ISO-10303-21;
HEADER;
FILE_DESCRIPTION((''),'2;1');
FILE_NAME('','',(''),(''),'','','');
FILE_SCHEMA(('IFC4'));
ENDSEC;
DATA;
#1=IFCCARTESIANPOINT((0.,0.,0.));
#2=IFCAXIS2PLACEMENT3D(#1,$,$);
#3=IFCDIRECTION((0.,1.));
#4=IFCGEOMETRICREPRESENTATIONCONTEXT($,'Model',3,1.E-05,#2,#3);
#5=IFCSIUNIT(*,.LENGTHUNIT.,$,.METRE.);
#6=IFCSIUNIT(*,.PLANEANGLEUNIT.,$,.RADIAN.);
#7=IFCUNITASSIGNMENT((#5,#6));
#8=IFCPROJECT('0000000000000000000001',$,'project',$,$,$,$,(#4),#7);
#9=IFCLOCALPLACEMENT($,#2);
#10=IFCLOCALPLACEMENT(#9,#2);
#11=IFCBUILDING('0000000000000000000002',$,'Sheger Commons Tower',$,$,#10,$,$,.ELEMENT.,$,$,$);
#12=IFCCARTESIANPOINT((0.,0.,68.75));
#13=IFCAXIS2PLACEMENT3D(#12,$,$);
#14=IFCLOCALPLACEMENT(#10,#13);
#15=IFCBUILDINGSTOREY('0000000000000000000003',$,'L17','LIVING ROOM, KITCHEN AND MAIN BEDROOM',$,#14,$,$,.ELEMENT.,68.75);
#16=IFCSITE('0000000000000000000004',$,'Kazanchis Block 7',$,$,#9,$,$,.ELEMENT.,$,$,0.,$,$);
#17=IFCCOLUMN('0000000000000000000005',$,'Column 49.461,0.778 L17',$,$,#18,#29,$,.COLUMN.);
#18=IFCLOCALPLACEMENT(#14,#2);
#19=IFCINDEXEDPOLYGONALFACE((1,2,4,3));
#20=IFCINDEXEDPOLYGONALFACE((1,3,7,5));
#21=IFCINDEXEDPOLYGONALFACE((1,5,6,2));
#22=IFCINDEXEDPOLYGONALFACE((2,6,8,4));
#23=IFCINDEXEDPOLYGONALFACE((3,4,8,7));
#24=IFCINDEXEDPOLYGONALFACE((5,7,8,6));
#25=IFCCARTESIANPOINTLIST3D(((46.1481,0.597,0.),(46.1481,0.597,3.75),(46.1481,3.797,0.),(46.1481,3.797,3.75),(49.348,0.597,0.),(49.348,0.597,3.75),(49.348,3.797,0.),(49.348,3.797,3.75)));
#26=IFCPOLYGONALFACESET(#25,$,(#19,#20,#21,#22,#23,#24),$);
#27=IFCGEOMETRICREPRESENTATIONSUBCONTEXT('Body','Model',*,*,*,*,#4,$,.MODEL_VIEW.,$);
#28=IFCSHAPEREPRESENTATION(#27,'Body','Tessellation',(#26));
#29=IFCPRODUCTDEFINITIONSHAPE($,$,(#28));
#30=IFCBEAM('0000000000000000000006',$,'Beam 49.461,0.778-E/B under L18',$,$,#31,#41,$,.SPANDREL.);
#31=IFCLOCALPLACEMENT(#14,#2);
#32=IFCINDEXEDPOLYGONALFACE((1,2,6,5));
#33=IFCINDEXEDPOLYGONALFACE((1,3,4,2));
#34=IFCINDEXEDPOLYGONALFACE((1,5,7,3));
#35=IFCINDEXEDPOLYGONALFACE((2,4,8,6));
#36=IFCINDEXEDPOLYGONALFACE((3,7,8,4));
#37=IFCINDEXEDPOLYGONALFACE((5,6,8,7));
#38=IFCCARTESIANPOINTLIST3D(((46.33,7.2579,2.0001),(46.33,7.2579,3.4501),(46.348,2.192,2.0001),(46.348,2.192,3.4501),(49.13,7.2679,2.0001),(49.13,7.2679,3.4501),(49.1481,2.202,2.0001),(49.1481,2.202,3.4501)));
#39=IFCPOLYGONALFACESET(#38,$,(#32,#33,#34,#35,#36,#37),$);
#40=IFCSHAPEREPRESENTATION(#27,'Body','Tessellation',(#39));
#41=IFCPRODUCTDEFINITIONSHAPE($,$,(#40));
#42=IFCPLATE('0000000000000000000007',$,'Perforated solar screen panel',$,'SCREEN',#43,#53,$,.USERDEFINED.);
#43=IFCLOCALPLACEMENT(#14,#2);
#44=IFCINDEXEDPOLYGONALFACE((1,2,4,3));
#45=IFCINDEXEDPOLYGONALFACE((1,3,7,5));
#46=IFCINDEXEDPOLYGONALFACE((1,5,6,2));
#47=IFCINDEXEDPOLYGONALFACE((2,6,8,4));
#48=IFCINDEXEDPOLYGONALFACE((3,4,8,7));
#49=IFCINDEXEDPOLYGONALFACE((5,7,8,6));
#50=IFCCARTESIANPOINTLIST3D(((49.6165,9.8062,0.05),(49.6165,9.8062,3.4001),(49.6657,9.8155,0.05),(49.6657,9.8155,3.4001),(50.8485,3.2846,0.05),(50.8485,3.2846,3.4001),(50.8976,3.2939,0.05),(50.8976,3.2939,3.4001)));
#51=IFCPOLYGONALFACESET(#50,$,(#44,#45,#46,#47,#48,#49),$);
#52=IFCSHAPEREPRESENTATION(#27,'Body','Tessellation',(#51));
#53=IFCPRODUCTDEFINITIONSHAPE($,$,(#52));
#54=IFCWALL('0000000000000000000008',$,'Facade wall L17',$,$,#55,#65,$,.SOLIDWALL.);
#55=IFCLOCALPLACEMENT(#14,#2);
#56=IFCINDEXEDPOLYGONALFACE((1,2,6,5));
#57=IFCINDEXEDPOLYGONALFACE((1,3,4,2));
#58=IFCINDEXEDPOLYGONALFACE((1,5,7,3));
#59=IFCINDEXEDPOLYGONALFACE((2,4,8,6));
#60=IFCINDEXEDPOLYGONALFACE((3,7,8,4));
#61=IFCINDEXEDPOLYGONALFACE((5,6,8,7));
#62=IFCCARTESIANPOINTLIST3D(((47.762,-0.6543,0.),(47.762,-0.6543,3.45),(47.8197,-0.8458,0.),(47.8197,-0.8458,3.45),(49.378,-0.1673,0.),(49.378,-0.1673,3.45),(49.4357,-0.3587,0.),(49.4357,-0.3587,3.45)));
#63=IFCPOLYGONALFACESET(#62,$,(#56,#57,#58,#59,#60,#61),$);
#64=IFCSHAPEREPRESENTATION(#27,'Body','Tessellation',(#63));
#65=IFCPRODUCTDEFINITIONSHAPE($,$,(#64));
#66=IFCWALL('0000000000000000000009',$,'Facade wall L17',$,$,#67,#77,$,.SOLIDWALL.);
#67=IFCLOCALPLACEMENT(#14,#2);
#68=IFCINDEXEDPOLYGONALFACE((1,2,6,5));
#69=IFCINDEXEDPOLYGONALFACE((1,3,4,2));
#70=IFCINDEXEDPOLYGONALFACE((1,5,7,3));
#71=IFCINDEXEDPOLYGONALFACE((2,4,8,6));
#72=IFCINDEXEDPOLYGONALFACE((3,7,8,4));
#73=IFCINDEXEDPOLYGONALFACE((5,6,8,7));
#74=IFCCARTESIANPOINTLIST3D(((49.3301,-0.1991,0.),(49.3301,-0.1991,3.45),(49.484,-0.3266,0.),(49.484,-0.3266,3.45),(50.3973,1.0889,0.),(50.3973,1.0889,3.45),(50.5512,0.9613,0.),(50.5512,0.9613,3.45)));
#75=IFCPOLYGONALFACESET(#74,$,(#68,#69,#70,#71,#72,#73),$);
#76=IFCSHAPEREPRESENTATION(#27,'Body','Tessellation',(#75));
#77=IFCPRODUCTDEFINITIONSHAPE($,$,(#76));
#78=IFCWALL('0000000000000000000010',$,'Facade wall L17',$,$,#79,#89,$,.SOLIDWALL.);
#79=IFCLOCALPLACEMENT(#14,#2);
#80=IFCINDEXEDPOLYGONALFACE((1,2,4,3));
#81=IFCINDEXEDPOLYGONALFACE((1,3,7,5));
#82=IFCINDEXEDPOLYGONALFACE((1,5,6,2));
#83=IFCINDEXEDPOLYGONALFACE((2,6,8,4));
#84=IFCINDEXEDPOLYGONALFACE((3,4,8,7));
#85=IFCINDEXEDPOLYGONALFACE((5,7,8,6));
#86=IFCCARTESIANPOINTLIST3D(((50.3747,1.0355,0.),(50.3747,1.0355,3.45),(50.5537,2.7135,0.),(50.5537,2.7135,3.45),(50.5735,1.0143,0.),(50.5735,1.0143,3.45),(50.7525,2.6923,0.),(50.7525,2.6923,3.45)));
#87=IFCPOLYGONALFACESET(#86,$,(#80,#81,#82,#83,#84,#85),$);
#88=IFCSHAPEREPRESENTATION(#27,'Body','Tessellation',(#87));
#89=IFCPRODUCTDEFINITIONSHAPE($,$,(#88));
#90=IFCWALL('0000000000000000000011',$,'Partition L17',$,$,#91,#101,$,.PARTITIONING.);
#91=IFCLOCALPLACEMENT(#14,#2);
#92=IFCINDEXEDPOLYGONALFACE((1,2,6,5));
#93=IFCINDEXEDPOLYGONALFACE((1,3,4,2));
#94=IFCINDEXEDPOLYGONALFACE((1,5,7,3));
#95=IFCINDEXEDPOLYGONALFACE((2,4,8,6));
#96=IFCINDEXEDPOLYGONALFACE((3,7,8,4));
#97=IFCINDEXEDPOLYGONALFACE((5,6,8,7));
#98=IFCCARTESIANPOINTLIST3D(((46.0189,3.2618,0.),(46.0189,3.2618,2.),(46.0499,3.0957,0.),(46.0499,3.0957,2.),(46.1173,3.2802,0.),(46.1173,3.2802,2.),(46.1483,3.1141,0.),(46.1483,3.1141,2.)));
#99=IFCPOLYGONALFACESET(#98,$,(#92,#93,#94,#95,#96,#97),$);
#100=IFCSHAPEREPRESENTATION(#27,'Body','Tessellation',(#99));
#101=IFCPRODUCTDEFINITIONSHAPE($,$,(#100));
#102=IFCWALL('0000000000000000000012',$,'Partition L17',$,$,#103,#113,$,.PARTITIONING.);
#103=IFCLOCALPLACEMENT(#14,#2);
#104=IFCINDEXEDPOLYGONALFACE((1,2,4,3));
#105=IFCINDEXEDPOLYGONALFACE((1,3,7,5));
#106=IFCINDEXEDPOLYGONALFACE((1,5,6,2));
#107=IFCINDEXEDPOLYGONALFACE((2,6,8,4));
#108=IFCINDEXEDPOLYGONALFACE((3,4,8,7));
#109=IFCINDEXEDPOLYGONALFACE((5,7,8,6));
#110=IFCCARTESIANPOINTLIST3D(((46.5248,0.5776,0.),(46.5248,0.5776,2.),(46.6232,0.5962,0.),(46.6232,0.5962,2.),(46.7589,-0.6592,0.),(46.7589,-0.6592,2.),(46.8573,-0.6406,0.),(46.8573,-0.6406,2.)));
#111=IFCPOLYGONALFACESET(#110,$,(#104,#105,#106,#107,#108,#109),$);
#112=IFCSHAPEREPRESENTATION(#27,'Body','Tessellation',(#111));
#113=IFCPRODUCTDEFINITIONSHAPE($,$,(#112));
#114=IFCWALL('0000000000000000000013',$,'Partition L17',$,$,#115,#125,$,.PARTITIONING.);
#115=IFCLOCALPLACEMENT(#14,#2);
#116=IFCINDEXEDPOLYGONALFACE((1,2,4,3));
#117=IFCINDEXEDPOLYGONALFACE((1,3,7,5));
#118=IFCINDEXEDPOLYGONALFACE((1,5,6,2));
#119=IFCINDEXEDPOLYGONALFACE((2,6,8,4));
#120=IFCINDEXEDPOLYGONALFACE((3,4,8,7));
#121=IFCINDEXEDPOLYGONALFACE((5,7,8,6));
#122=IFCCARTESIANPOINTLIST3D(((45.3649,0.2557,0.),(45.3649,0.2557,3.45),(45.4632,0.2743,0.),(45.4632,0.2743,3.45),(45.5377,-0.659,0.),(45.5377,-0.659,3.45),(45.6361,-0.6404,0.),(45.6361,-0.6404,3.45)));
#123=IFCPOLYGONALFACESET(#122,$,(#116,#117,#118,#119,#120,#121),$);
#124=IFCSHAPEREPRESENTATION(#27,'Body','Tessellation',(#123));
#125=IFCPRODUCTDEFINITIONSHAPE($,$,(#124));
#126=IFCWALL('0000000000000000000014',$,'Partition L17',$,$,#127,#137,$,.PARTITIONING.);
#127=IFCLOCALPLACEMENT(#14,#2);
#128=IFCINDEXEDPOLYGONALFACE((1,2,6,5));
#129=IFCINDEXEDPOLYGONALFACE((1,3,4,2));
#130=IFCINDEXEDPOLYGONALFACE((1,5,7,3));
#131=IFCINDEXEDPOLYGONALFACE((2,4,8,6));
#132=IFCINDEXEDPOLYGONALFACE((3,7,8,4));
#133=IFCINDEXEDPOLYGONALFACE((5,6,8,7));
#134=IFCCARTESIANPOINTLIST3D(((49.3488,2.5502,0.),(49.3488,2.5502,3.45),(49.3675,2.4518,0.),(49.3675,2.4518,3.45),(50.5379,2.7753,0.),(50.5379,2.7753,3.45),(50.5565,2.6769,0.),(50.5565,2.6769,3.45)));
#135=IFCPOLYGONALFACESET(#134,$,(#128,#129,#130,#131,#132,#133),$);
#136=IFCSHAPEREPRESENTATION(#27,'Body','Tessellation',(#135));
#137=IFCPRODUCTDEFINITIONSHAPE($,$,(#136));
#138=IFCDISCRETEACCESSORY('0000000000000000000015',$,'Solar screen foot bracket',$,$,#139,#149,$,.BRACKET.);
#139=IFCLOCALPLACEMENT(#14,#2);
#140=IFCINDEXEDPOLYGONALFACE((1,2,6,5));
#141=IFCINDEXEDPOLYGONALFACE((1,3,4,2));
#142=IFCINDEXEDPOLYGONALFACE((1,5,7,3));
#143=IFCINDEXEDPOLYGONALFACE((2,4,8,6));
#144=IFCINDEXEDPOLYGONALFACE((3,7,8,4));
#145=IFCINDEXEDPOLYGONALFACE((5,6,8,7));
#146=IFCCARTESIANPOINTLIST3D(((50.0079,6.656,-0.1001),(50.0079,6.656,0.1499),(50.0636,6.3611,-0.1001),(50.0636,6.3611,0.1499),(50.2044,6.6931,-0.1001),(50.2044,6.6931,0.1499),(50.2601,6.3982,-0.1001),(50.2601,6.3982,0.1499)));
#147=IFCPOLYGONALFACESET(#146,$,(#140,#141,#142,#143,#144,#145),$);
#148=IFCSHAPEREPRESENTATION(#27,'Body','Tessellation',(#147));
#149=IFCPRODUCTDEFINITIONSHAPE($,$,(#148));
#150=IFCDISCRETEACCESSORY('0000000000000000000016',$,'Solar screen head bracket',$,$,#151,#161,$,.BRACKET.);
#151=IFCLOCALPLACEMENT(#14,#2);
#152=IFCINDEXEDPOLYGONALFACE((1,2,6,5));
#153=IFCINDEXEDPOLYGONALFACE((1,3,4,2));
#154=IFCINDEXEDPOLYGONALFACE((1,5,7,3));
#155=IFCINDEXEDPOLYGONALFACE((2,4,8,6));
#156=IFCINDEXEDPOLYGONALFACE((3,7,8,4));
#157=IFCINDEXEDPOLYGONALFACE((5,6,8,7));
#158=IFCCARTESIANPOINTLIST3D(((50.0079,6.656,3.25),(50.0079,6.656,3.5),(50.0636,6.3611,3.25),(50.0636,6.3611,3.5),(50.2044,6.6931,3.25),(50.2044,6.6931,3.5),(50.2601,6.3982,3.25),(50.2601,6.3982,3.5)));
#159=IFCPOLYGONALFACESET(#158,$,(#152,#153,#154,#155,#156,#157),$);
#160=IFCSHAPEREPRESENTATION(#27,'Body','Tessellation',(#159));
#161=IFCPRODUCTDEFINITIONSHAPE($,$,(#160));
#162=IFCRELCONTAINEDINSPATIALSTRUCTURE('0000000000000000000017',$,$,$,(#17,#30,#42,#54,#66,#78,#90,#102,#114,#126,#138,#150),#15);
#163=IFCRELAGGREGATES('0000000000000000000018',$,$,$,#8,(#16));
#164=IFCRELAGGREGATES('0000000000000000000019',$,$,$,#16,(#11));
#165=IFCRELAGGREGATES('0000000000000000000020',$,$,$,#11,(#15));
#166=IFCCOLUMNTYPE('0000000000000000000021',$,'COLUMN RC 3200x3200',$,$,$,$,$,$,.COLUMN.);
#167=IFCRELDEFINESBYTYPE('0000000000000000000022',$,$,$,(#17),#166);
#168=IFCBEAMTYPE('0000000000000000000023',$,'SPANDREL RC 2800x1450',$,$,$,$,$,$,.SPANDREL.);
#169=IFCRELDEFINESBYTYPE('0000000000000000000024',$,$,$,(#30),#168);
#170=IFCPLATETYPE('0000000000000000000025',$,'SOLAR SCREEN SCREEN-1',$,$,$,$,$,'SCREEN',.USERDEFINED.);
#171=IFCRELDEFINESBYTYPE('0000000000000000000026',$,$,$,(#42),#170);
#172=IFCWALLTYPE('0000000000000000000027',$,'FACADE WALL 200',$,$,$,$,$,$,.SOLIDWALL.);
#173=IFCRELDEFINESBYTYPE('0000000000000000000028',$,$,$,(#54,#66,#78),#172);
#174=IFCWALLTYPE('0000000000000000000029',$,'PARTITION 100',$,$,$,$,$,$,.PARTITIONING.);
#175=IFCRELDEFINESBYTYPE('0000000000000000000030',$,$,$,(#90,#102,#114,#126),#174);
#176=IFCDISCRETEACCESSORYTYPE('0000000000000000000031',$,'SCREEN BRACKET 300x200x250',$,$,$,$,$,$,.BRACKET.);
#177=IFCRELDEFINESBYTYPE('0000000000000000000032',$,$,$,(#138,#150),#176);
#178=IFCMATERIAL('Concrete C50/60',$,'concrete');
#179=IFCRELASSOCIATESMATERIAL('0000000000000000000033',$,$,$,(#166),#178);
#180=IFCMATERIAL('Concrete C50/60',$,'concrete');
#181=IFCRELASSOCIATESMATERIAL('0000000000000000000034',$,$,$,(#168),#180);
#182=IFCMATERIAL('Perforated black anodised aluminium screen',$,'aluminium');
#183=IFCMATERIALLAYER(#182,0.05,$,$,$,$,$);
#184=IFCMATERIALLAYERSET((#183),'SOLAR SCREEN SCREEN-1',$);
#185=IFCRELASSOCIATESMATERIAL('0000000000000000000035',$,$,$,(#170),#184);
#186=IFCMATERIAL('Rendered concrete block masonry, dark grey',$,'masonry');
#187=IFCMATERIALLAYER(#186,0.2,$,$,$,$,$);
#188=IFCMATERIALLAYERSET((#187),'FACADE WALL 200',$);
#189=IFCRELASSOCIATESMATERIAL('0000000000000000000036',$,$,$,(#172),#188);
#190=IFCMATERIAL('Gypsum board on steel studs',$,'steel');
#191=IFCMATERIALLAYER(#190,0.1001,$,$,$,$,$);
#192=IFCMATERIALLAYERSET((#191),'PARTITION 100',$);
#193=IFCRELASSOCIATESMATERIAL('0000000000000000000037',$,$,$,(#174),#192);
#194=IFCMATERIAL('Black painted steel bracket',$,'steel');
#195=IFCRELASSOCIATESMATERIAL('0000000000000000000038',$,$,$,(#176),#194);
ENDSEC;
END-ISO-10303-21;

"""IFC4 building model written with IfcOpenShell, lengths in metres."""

from ifc_helpers import new_model, si_unit, direction, frame, frame_2d, origin, origin_2d, place, context, subcontext, project, spatial, rectangle, extrude, material, layer, layer_set, material_profile, profile_set, type_object, element, save


model = new_model("IFC4")

# Units and contexts
model_context = context("Model", 3, precision=1e-05, world=origin(), true_north=direction((0.0, 1.0)))
body_context = subcontext(model_context, "Body", "Model", "MODEL_VIEW")
ifc_project = project(units=[si_unit("LENGTHUNIT", "METRE"), si_unit("PLANEANGLEUNIT", "RADIAN")], contexts=[model_context])

# Site, building, storey
site_placement = place(None, origin())
site = spatial("IfcSite", under=ifc_project, at=site_placement, Name="Kazanchis Block 7", CompositionType="ELEMENT", RefElevation=0.0)
building_placement = place(site_placement, origin())
building = spatial("IfcBuilding", under=site, at=building_placement, Name="Sheger Commons Tower", CompositionType="ELEMENT")
storey_placement = place(building_placement, frame((0.0, 0.0, 68.75)))
storey = spatial("IfcBuildingStorey", under=building, at=storey_placement, Name="L17", Description="LIVING ROOM, KITCHEN AND MAIN BEDROOM", CompositionType="ELEMENT", Elevation=68.75)

# Column
ifc_material_1 = material(Name="Concrete C50/60", Category="concrete")
ifc_material_profile_1 = material_profile(ifc_material_1, rectangle(XDim=3.2, YDim=3.2, at=origin_2d()), Name="RC 3200x3200")
ifc_profile_set_1 = profile_set([ifc_material_profile_1], Name="Concrete C50/60")
column_type = type_object("IfcColumnType", Name="COLUMN RC 3200x3200", PredefinedType="COLUMN", material=ifc_profile_set_1)
column_placement = place(storey_placement, frame((47.748, 2.197, 0.0), z_axis=(0.0, 0.0, 1.0), x_axis=(1.0, 0.0, 0.0)))
element("IfcColumn", 1, at=column_placement, inside=storey, type_object=column_type, Name="Column 49.461,0.778 L17", PredefinedType="COLUMN", context=body_context, shape_type="SweptSolid", body=[
    extrude(rectangle(XDim=3.2, YDim=3.2, at=origin_2d()), origin(), (0.0, 0.0, 1.0), 3.75),
])

# Beam
ifc_material_2 = material(Name="Concrete C50/60", Category="concrete")
ifc_material_profile_2 = material_profile(ifc_material_2, rectangle(XDim=2.8, YDim=1.45, at=origin_2d()), Name="RC 2800x1450")
ifc_profile_set_2 = profile_set([ifc_material_profile_2], Name="Concrete C50/60")
beam_type = type_object("IfcBeamType", Name="SPANDREL RC 2800x1450", PredefinedType="SPANDREL", material=ifc_profile_set_2)
beam_placement = place(storey_placement, frame((47.748, 2.197, 2.7251), z_axis=(-0.003566, 0.999994, 0.0), x_axis=(-0.999994, -0.003566, 0.0)))
element("IfcBeam", 2, at=beam_placement, inside=storey, type_object=beam_type, Name="Beam 49.461,0.778-E/B under L18", PredefinedType="SPANDREL", context=body_context, shape_type="SweptSolid", body=[
    extrude(rectangle(XDim=2.8, YDim=1.45, at=origin_2d()), origin(), (0.0, 0.0, 1.0), 5.0659),
])

# Plate
ifc_material_3 = material(Name="Perforated black anodised aluminium screen", Category="aluminium")
ifc_layer_1 = layer(ifc_material_3, 0.05)
ifc_layer_set_1 = layer_set([ifc_layer_1], Name="SOLAR SCREEN SCREEN-1")
plate_type = type_object("IfcPlateType", Name="SOLAR SCREEN SCREEN-1", ElementType="SCREEN", PredefinedType="USERDEFINED", material=ifc_layer_set_1)
plate_placement = place(storey_placement, frame((50.2571, 6.55, 0.05), z_axis=(0.0, 0.0, 1.0), x_axis=(-0.185615, 0.982623, 0.0)))
element("IfcPlate", 3, at=plate_placement, inside=storey, type_object=plate_type, Name="Perforated solar screen panel", ObjectType="SCREEN", PredefinedType="USERDEFINED", context=body_context, shape_type="SweptSolid", body=[
    extrude(rectangle(XDim=6.637, YDim=0.05, at=origin_2d()), origin(), (0.0, 0.0, 1.0), 3.3501),
])

# Walls
ifc_material_4 = material(Name="Rendered concrete block masonry, dark grey", Category="masonry")
ifc_layer_2 = layer(ifc_material_4, 0.2)
ifc_layer_set_2 = layer_set([ifc_layer_2], Name="FACADE WALL 200")
wall_type_1 = type_object("IfcWallType", Name="FACADE WALL 200", PredefinedType="SOLIDWALL", material=ifc_layer_set_2)
wall_1_placement = place(storey_placement, frame((47.791, -0.75, 0.0), z_axis=(0.0, 0.0, 1.0), x_axis=(0.957455, 0.288582, 0.0)))
element("IfcWall", 4, at=wall_1_placement, inside=storey, type_object=wall_type_1, Name="Facade wall L17", PredefinedType="SOLIDWALL", context=body_context, shape_type="SweptSolid", body=[
    extrude(rectangle(XDim=1.6877, YDim=0.2, at=frame_2d((0.8438, 0.0))), origin(), (0.0, 0.0, 1.0), 3.45),
])
wall_2_placement = place(storey_placement, frame((49.407, -0.2629, 0.0), z_axis=(0.0, 0.0, 1.0), x_axis=(0.638043, 0.770001, 0.0)))
element("IfcWall", 5, at=wall_2_placement, inside=storey, type_object=wall_type_1, Name="Facade wall L17", PredefinedType="SOLIDWALL", context=body_context, shape_type="SweptSolid", body=[
    extrude(rectangle(XDim=1.6726, YDim=0.2, at=frame_2d((0.8364, 0.0))), origin(), (0.0, 0.0, 1.0), 3.45),
])
wall_3_placement = place(storey_placement, frame((50.4741, 1.0249, 0.0), z_axis=(0.0, 0.0, 1.0), x_axis=(0.106048, 0.994361, 0.0)))
element("IfcWall", 6, at=wall_3_placement, inside=storey, type_object=wall_type_1, Name="Facade wall L17", PredefinedType="SOLIDWALL", context=body_context, shape_type="SweptSolid", body=[
    extrude(rectangle(XDim=1.6875, YDim=0.2, at=frame_2d((0.8438, 0.0))), origin(), (0.0, 0.0, 1.0), 3.45),
])

# Walls
ifc_material_5 = material(Name="Gypsum board on steel studs", Category="steel")
ifc_layer_3 = layer(ifc_material_5, 0.1001)
ifc_layer_set_3 = layer_set([ifc_layer_3], Name="PARTITION 100")
wall_type_2 = type_object("IfcWallType", Name="PARTITION 100", PredefinedType="PARTITIONING", material=ifc_layer_set_3)
wall_4_placement = place(storey_placement, frame((46.0681, 3.271, 0.0), z_axis=(0.0, 0.0, 1.0), x_axis=(0.18359, -0.983003, 0.0)))
element("IfcWall", 7, at=wall_4_placement, inside=storey, type_object=wall_type_2, Name="Partition L17", PredefinedType="PARTITIONING", context=body_context, shape_type="SweptSolid", body=[
    extrude(rectangle(XDim=0.1689, YDim=0.1001, at=frame_2d((0.0845, 0.0))), origin(), (0.0, 0.0, 1.0), 2.0),
])
wall_5_placement = place(storey_placement, frame((46.574, 0.5869, 0.0), z_axis=(0.0, 0.0, 1.0), x_axis=(0.185998, -0.98255, 0.0)))
element("IfcWall", 8, at=wall_5_placement, inside=storey, type_object=wall_type_2, Name="Partition L17", PredefinedType="PARTITIONING", context=body_context, shape_type="SweptSolid", body=[
    extrude(rectangle(XDim=1.2588, YDim=0.1001, at=frame_2d((0.6294, 0.0))), origin(), (0.0, 0.0, 1.0), 2.0),
])
wall_6_placement = place(storey_placement, frame((45.4141, 0.2649, 0.0), z_axis=(0.0, 0.0, 1.0), x_axis=(0.185666, -0.982613, 0.0)))
element("IfcWall", 9, at=wall_6_placement, inside=storey, type_object=wall_type_2, Name="Partition L17", PredefinedType="PARTITIONING", context=body_context, shape_type="SweptSolid", body=[
    extrude(rectangle(XDim=0.9309, YDim=0.1001, at=frame_2d((0.4653, 0.0))), origin(), (0.0, 0.0, 1.0), 3.45),
])
wall_7_placement = place(storey_placement, frame((50.5471, 2.7261, 0.0), z_axis=(0.0, 0.0, 1.0), x_axis=(-0.982553, -0.185981, 0.0)))
element("IfcWall", 10, at=wall_7_placement, inside=storey, type_object=wall_type_2, Name="Partition L17", PredefinedType="PARTITIONING", context=body_context, shape_type="SweptSolid", body=[
    extrude(rectangle(XDim=1.2102, YDim=0.1001, at=frame_2d((0.605, 0.0))), origin(), (0.0, 0.0, 1.0), 3.45),
])

# Discrete accessories
ifc_material_6 = material(Name="Black painted steel bracket", Category="steel")
discrete_accessory_type = type_object("IfcDiscreteAccessoryType", Name="SCREEN BRACKET 300x200x250", PredefinedType="BRACKET", material=ifc_material_6)
for number, where, z_axis, x_axis, name in (
    (11, (50.134, 6.5271, -0.1001), (0.0, 0.0, 1.0), (-0.185615, 0.982623, 0.0), "Solar screen foot bracket"),
    (12, (50.134, 6.5271, 3.25), (0.0, 0.0, 1.0), (-0.185615, 0.982623, 0.0), "Solar screen head bracket"),
):
    element("IfcDiscreteAccessory", number, at=place(storey_placement, frame(where, z_axis=z_axis, x_axis=x_axis)), inside=storey, type_object=discrete_accessory_type, Name=name, PredefinedType="BRACKET", context=body_context, shape_type="SweptSolid", body=[
        extrude(rectangle(XDim=0.3, YDim=0.2, at=origin_2d()), origin(), (0.0, 0.0, 1.0), 0.25),
    ])

save(model, "model.ifc")
